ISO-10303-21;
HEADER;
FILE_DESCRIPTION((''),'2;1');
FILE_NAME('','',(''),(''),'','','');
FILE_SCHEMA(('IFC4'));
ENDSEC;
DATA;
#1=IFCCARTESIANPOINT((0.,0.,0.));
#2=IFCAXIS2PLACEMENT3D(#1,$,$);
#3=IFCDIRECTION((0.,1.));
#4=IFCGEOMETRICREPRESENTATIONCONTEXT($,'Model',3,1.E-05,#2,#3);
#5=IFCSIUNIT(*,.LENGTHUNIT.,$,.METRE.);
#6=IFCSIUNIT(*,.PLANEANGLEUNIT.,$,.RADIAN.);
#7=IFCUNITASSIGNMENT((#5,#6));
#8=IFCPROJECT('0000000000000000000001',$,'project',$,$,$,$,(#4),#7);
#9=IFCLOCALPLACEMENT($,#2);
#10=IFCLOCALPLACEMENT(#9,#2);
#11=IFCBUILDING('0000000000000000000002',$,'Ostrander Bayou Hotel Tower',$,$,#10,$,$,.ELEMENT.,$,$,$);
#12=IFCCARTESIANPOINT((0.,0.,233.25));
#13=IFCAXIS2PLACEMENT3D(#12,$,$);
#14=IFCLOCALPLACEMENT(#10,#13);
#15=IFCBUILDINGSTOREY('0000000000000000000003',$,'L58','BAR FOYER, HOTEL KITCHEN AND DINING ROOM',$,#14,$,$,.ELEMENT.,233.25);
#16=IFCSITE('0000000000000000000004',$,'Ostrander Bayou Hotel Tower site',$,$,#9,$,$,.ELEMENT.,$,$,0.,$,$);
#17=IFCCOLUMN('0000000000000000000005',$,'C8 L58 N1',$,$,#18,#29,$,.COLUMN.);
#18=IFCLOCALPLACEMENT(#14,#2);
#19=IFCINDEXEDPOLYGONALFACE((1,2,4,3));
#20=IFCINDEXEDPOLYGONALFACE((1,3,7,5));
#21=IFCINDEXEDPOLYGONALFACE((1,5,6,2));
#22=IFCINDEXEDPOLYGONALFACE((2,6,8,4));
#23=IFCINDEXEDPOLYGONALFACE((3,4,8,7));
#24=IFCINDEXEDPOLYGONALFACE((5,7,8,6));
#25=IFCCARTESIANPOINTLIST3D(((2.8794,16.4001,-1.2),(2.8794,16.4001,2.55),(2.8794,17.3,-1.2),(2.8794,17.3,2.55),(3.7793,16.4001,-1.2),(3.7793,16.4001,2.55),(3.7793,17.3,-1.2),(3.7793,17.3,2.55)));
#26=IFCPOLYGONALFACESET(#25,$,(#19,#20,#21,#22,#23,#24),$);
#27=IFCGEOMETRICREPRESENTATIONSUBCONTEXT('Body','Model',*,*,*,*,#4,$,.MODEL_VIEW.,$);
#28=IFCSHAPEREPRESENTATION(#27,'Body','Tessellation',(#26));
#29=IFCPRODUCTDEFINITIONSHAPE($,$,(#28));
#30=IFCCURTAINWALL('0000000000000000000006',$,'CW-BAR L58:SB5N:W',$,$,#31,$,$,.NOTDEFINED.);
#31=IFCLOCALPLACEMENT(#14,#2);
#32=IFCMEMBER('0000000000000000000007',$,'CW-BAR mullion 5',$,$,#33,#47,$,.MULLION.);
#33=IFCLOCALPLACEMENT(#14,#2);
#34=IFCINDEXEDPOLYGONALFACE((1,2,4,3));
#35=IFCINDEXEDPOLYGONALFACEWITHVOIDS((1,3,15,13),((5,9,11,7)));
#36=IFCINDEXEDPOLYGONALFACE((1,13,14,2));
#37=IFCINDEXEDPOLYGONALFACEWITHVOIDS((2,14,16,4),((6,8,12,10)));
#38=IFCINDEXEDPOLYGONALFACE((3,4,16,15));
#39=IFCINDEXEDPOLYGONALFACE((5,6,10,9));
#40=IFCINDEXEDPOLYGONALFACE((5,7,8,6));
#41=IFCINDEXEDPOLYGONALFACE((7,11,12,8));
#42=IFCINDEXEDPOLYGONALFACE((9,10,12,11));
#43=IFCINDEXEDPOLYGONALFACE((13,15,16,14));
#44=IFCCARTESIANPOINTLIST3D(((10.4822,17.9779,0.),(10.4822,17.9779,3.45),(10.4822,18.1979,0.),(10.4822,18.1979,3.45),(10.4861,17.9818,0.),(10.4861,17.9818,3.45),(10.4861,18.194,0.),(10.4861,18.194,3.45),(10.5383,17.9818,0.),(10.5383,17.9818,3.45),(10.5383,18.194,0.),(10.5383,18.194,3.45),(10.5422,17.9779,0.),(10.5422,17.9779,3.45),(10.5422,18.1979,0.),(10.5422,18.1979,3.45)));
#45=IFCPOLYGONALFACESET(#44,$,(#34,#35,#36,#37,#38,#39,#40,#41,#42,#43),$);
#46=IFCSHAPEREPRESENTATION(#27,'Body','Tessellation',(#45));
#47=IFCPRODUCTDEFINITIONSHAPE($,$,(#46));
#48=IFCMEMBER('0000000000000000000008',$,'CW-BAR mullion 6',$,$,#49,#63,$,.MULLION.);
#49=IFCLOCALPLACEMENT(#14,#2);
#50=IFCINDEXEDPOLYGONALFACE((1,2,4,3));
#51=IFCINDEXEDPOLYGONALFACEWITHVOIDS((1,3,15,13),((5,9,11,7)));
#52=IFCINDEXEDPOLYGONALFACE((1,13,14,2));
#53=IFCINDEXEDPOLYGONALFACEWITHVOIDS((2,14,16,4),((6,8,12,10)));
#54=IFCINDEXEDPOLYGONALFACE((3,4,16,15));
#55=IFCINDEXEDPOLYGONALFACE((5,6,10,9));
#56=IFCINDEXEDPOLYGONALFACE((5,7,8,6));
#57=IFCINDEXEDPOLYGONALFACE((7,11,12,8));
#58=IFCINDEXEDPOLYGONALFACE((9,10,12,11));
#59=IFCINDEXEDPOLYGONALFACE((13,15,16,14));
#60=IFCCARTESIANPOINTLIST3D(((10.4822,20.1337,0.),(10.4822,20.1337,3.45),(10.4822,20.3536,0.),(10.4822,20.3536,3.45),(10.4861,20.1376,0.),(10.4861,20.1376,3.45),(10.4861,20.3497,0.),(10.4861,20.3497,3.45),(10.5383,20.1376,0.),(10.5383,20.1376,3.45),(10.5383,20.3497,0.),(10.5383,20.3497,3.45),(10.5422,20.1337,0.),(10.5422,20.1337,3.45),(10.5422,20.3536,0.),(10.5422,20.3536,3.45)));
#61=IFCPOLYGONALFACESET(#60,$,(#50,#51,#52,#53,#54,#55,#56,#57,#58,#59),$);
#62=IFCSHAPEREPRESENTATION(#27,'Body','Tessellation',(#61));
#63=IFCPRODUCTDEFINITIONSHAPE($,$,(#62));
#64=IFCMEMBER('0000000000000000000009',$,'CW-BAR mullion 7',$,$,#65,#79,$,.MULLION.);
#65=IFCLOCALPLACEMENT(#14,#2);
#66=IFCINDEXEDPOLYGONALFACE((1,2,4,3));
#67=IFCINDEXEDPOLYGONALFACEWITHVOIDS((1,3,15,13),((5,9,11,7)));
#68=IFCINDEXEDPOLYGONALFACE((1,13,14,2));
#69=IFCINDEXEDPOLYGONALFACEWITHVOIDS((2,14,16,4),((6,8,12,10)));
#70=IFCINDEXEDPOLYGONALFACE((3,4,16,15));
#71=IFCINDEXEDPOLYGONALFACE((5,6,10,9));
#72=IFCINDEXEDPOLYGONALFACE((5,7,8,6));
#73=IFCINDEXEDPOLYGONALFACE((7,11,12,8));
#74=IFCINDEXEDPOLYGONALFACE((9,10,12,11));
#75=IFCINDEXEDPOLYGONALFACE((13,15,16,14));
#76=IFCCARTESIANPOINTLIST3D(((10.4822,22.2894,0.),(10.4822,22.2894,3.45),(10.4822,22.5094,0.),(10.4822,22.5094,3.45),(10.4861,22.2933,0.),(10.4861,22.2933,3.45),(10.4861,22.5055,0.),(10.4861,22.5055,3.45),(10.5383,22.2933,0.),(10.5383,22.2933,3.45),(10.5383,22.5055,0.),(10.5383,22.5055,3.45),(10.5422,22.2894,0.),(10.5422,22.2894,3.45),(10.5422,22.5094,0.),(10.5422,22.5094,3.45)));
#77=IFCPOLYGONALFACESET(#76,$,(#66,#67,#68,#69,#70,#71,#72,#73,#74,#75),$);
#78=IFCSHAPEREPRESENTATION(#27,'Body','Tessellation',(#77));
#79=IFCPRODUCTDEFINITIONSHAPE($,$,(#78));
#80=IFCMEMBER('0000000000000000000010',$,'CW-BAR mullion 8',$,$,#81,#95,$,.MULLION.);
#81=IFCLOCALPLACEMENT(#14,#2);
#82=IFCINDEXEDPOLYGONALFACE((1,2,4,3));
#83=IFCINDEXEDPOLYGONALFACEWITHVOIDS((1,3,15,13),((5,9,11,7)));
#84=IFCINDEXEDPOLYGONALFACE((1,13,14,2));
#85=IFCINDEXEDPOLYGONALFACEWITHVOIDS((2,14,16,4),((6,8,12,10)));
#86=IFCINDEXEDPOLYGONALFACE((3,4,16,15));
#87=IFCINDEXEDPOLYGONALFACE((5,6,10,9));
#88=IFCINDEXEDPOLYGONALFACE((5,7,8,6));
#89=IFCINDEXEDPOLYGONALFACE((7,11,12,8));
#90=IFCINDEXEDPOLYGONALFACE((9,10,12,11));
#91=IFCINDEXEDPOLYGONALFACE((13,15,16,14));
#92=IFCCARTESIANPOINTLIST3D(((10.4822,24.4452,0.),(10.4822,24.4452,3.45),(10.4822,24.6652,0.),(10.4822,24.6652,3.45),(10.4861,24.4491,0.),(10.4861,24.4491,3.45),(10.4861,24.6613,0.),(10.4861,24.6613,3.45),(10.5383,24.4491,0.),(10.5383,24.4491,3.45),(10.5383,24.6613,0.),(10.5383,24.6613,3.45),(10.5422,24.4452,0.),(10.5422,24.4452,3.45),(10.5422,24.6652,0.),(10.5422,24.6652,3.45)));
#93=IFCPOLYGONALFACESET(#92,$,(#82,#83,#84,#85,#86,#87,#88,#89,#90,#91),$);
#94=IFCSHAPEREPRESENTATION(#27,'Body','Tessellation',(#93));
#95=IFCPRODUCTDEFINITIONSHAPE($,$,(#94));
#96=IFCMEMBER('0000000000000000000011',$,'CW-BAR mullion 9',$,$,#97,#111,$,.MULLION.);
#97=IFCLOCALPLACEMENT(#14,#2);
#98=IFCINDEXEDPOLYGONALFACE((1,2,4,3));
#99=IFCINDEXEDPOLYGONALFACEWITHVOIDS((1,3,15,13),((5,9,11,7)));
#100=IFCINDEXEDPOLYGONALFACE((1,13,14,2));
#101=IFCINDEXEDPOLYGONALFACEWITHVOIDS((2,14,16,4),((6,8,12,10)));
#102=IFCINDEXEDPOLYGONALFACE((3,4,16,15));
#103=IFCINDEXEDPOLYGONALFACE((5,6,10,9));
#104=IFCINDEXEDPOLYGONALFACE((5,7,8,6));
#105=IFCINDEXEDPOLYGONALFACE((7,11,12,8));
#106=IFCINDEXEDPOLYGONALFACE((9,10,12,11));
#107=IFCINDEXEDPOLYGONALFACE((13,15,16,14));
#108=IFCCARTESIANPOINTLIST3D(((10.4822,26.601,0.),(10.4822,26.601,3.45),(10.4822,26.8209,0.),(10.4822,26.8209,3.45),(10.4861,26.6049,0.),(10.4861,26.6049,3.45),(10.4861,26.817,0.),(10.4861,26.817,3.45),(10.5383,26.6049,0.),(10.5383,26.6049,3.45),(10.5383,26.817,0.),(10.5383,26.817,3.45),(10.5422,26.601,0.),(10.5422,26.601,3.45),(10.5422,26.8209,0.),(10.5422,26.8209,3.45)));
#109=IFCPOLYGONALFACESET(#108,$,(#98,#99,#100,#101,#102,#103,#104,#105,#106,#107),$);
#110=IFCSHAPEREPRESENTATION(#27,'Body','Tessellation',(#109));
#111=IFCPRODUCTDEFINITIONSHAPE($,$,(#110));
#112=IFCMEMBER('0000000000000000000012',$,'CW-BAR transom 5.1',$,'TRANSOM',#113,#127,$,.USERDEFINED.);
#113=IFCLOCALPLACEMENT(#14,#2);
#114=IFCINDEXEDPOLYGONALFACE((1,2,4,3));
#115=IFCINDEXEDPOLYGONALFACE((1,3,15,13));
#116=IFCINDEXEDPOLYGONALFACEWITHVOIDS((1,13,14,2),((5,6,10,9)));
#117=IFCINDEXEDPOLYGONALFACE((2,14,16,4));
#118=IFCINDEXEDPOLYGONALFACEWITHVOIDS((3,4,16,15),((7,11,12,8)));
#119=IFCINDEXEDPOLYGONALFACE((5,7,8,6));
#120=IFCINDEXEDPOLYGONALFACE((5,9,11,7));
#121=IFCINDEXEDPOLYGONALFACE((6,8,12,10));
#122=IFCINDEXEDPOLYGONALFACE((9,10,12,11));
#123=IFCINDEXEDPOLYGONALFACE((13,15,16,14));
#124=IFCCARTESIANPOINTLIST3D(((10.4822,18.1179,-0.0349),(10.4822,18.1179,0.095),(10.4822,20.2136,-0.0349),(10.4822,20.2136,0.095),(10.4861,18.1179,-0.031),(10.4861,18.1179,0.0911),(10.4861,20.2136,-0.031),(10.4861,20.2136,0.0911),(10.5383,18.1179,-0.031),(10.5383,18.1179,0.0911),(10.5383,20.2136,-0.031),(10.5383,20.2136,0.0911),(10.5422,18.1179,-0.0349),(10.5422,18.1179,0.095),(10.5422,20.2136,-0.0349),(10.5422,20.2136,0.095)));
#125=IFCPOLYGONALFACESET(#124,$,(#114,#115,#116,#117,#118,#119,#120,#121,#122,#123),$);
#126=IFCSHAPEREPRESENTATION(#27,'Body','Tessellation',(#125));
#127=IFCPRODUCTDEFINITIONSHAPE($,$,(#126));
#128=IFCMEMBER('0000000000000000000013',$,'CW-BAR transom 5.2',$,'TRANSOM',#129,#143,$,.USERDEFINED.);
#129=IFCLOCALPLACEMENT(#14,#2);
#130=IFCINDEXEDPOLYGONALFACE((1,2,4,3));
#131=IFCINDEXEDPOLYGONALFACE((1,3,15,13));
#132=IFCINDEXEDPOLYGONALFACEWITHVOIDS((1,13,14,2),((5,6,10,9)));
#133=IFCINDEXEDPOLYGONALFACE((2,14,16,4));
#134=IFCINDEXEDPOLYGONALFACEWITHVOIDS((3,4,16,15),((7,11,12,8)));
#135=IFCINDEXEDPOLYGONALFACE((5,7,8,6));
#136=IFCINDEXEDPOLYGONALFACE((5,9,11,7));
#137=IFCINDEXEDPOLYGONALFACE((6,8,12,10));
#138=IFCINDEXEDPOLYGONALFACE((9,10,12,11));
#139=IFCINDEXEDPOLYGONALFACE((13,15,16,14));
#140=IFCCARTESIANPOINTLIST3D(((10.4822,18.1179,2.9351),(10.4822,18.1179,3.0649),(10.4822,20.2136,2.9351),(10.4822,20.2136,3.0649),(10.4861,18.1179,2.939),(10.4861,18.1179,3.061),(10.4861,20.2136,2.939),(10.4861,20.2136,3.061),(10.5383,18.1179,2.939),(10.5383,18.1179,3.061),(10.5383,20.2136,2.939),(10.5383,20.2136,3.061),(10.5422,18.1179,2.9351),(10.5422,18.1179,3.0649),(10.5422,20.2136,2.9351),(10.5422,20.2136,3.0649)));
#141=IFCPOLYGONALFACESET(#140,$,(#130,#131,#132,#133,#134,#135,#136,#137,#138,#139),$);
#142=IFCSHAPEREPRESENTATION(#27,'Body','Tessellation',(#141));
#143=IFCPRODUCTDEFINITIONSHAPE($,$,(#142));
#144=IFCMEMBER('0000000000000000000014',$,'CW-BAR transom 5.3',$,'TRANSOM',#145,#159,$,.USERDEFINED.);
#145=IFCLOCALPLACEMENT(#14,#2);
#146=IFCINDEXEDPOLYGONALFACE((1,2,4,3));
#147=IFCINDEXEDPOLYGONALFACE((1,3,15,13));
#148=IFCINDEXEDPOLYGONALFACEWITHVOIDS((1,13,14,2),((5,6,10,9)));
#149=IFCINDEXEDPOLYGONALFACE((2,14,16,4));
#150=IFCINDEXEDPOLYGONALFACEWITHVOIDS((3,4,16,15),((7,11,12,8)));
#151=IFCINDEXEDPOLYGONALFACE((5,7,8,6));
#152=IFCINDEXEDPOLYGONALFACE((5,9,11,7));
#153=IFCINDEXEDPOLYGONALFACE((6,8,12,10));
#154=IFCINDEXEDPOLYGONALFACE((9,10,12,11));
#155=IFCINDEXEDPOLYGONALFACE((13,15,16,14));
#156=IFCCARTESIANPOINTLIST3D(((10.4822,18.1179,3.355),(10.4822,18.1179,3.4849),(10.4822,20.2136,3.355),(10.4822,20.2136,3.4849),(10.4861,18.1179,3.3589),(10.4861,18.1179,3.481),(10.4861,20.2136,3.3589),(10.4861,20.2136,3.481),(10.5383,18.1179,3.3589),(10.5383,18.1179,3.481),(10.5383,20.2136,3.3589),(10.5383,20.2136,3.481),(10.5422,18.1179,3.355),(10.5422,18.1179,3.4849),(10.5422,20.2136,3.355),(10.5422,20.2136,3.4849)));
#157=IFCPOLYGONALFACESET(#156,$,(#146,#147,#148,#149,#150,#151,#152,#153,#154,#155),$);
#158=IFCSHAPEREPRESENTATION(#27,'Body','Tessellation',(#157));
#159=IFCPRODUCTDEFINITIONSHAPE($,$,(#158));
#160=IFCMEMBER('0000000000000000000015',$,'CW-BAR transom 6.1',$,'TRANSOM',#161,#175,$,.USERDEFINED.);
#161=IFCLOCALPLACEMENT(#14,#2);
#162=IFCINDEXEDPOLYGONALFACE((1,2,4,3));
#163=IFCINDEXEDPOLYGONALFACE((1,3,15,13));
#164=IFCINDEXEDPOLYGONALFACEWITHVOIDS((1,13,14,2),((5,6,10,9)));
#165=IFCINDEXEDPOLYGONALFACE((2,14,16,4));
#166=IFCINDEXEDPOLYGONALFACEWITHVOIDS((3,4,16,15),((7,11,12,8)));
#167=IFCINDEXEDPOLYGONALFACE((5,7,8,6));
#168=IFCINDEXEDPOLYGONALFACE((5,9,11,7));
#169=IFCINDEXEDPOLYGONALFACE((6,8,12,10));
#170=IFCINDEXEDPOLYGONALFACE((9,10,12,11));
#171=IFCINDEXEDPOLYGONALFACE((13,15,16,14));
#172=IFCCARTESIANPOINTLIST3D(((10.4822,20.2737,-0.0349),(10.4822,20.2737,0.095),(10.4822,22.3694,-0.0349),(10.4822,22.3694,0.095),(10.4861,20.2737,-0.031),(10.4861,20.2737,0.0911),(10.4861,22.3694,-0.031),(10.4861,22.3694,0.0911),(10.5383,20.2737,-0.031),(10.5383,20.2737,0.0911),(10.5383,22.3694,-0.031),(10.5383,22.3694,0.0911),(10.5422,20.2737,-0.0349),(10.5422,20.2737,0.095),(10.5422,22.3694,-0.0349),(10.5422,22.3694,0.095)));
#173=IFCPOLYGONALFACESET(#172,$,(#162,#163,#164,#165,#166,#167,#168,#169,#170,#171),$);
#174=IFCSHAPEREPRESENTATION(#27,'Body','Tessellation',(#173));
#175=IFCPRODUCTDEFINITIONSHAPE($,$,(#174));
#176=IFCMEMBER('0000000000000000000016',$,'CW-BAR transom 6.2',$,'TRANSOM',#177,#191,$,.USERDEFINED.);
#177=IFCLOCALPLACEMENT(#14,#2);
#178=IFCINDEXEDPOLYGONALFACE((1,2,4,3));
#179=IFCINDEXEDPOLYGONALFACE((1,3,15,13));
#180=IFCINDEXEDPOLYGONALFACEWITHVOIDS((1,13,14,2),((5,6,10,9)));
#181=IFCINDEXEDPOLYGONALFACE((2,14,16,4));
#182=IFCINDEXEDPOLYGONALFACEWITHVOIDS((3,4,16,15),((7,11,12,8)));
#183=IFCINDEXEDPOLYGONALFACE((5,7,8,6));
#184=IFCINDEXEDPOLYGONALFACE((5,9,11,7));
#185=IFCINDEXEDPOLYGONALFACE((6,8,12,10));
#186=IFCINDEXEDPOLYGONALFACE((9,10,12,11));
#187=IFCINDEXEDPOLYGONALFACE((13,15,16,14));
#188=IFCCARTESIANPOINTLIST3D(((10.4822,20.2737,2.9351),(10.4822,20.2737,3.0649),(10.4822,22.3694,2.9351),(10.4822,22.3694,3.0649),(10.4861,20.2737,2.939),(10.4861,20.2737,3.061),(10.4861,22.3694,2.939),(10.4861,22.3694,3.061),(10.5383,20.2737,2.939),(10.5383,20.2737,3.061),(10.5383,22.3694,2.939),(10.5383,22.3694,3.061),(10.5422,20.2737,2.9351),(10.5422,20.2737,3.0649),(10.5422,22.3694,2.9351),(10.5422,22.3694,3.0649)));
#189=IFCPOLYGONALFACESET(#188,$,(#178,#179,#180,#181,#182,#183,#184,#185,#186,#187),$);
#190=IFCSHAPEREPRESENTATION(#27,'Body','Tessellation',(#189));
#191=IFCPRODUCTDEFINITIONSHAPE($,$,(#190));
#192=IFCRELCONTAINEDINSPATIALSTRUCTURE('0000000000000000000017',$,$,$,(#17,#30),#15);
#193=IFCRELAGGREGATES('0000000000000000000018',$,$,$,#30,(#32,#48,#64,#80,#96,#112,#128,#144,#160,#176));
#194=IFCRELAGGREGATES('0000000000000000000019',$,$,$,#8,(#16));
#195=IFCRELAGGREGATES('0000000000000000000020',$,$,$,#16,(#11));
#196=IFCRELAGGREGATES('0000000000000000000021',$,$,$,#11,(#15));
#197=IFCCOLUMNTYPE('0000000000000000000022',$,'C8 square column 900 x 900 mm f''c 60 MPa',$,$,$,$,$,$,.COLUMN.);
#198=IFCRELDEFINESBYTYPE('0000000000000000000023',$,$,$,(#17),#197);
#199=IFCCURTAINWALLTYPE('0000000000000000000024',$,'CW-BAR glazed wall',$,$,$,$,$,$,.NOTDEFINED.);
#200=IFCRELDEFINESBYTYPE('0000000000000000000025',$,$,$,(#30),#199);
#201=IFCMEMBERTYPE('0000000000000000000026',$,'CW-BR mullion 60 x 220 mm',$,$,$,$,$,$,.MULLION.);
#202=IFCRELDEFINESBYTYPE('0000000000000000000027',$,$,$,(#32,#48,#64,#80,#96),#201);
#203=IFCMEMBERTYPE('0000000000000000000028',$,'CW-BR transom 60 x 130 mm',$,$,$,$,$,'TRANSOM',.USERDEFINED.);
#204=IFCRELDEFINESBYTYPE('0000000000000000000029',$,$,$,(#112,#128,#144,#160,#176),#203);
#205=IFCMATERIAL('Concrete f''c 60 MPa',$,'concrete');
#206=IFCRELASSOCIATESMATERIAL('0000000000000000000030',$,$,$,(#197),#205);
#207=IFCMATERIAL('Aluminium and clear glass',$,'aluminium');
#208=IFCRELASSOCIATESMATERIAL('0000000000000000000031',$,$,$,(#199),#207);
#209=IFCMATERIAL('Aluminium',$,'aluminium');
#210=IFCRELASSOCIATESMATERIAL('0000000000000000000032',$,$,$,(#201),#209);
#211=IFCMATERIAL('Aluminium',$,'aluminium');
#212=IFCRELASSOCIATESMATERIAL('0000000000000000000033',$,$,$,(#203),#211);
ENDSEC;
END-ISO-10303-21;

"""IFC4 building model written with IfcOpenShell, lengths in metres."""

from ifc_helpers import new_model, si_unit, direction, frame, origin, origin_2d, place, context, subcontext, project, spatial, rectangle, hollow_rectangle, extrude, material, material_profile, profile_set, type_object, element, aggregate, save


model = new_model("IFC4")

# Units and contexts
model_context = context("Model", 3, precision=1e-05, world=origin(), true_north=direction((0.0, 1.0)))
body_context = subcontext(model_context, "Body", "Model", "MODEL_VIEW")
ifc_project = project(units=[si_unit("LENGTHUNIT", "METRE"), si_unit("PLANEANGLEUNIT", "RADIAN")], contexts=[model_context])

# Site, building, storey
site_placement = place(None, origin())
site = spatial("IfcSite", under=ifc_project, at=site_placement, Name="Ostrander Bayou Hotel Tower site", CompositionType="ELEMENT", RefElevation=0.0)
building_placement = place(site_placement, origin())
building = spatial("IfcBuilding", under=site, at=building_placement, Name="Ostrander Bayou Hotel Tower", CompositionType="ELEMENT")
storey_placement = place(building_placement, frame((0.0, 0.0, 233.25)))
storey = spatial("IfcBuildingStorey", under=building, at=storey_placement, Name="L58", Description="BAR FOYER, HOTEL KITCHEN AND DINING ROOM", CompositionType="ELEMENT", Elevation=233.25)

# Column
ifc_material_1 = material(Name="Concrete f'c 60 MPa", Category="concrete")
ifc_material_profile_1 = material_profile(ifc_material_1, rectangle(XDim=0.8999, YDim=0.8999, at=origin_2d()))
ifc_profile_set_1 = profile_set([ifc_material_profile_1], Name="Concrete f'c 60 MPa")
column_type = type_object("IfcColumnType", Name="C8 square column 900 x 900 mm f'c 60 MPa", PredefinedType="COLUMN", material=ifc_profile_set_1)
column_placement = place(storey_placement, frame((3.3293, 16.8501, -1.2), z_axis=(0.0, 0.0, 1.0), x_axis=(1.0, 0.0, 0.0)))
element("IfcColumn", 1, at=column_placement, inside=storey, type_object=column_type, Name="C8 L58 N1", PredefinedType="COLUMN", context=body_context, shape_type="SweptSolid", body=[
    extrude(rectangle(XDim=0.8999, YDim=0.8999, at=origin_2d()), origin(), (0.0, 0.0, 1.0), 3.75),
])

# Curtain wall, members
ifc_material_2 = material(Name="Aluminium and clear glass", Category="aluminium")
curtain_wall_type = type_object("IfcCurtainWallType", Name="CW-BAR glazed wall", PredefinedType="NOTDEFINED", material=ifc_material_2)
curtain_wall_placement = place(storey_placement, origin())
curtain_wall = element("IfcCurtainWall", 2, at=curtain_wall_placement, inside=storey, type_object=curtain_wall_type, Name="CW-BAR L58:SB5N:W", PredefinedType="NOTDEFINED")
ifc_material_3 = material(Name="Aluminium", Category="aluminium")
ifc_material_profile_2 = material_profile(ifc_material_3, hollow_rectangle(XDim=0.0601, YDim=0.22, WallThickness=0.0039, at=origin_2d()))
ifc_profile_set_2 = profile_set([ifc_material_profile_2], Name="Aluminium")
member_type_1 = type_object("IfcMemberType", Name="CW-BR mullion 60 x 220 mm", PredefinedType="MULLION", material=ifc_profile_set_2)
member_1_placement = place(storey_placement, frame((10.5122, 18.0879, 0.0), z_axis=(0.0, 0.0, 1.0), x_axis=(-1.0, 0.0, 0.0)))
member_1 = element("IfcMember", 3, at=member_1_placement, type_object=member_type_1, Name="CW-BAR mullion 5", PredefinedType="MULLION", context=body_context, shape_type="SweptSolid", body=[
    extrude(hollow_rectangle(XDim=0.0601, YDim=0.22, WallThickness=0.0039, at=origin_2d()), origin(), (0.0, 0.0, 1.0), 3.45),
])
member_2_placement = place(storey_placement, frame((10.5122, 20.2437, 0.0), z_axis=(0.0, 0.0, 1.0), x_axis=(-1.0, 0.0, 0.0)))
member_2 = element("IfcMember", 4, at=member_2_placement, type_object=member_type_1, Name="CW-BAR mullion 6", PredefinedType="MULLION", context=body_context, shape_type="SweptSolid", body=[
    extrude(hollow_rectangle(XDim=0.0601, YDim=0.22, WallThickness=0.0039, at=origin_2d()), origin(), (0.0, 0.0, 1.0), 3.45),
])
member_3_placement = place(storey_placement, frame((10.5122, 22.3994, 0.0), z_axis=(0.0, 0.0, 1.0), x_axis=(-1.0, 0.0, 0.0)))
member_3 = element("IfcMember", 5, at=member_3_placement, type_object=member_type_1, Name="CW-BAR mullion 7", PredefinedType="MULLION", context=body_context, shape_type="SweptSolid", body=[
    extrude(hollow_rectangle(XDim=0.0601, YDim=0.22, WallThickness=0.0039, at=origin_2d()), origin(), (0.0, 0.0, 1.0), 3.45),
])
member_4_placement = place(storey_placement, frame((10.5122, 24.5552, 0.0), z_axis=(0.0, 0.0, 1.0), x_axis=(-1.0, 0.0, 0.0)))
member_4 = element("IfcMember", 6, at=member_4_placement, type_object=member_type_1, Name="CW-BAR mullion 8", PredefinedType="MULLION", context=body_context, shape_type="SweptSolid", body=[
    extrude(hollow_rectangle(XDim=0.0601, YDim=0.22, WallThickness=0.0039, at=origin_2d()), origin(), (0.0, 0.0, 1.0), 3.45),
])
member_5_placement = place(storey_placement, frame((10.5122, 26.7109, 0.0), z_axis=(0.0, 0.0, 1.0), x_axis=(-1.0, 0.0, 0.0)))
member_5 = element("IfcMember", 7, at=member_5_placement, type_object=member_type_1, Name="CW-BAR mullion 9", PredefinedType="MULLION", context=body_context, shape_type="SweptSolid", body=[
    extrude(hollow_rectangle(XDim=0.0601, YDim=0.22, WallThickness=0.0039, at=origin_2d()), origin(), (0.0, 0.0, 1.0), 3.45),
])
ifc_material_4 = material(Name="Aluminium", Category="aluminium")
ifc_material_profile_3 = material_profile(ifc_material_4, hollow_rectangle(XDim=0.0601, YDim=0.1299, WallThickness=0.0039, at=origin_2d()))
ifc_profile_set_3 = profile_set([ifc_material_profile_3], Name="Aluminium")
member_type_2 = type_object("IfcMemberType", Name="CW-BR transom 60 x 130 mm", ElementType="TRANSOM", PredefinedType="USERDEFINED", material=ifc_profile_set_3)
member_6_placement = place(storey_placement, frame((10.5122, 18.1179, 0.03), z_axis=(0.0, 1.0, 0.0), x_axis=(-1.0, 0.0, 0.0)))
member_6 = element("IfcMember", 8, at=member_6_placement, type_object=member_type_2, Name="CW-BAR transom 5.1", ObjectType="TRANSOM", PredefinedType="USERDEFINED", context=body_context, shape_type="SweptSolid", body=[
    extrude(hollow_rectangle(XDim=0.0601, YDim=0.1299, WallThickness=0.0039, at=origin_2d()), origin(), (0.0, 0.0, 1.0), 2.0957),
])
member_7_placement = place(storey_placement, frame((10.5122, 18.1179, 3.0), z_axis=(0.0, 1.0, 0.0), x_axis=(-1.0, 0.0, 0.0)))
member_7 = element("IfcMember", 9, at=member_7_placement, type_object=member_type_2, Name="CW-BAR transom 5.2", ObjectType="TRANSOM", PredefinedType="USERDEFINED", context=body_context, shape_type="SweptSolid", body=[
    extrude(hollow_rectangle(XDim=0.0601, YDim=0.1299, WallThickness=0.0039, at=origin_2d()), origin(), (0.0, 0.0, 1.0), 2.0957),
])
member_8_placement = place(storey_placement, frame((10.5122, 18.1179, 3.4199), z_axis=(0.0, 1.0, 0.0), x_axis=(-1.0, 0.0, 0.0)))
member_8 = element("IfcMember", 10, at=member_8_placement, type_object=member_type_2, Name="CW-BAR transom 5.3", ObjectType="TRANSOM", PredefinedType="USERDEFINED", context=body_context, shape_type="SweptSolid", body=[
    extrude(hollow_rectangle(XDim=0.0601, YDim=0.1299, WallThickness=0.0039, at=origin_2d()), origin(), (0.0, 0.0, 1.0), 2.0957),
])
member_9_placement = place(storey_placement, frame((10.5122, 20.2737, 0.03), z_axis=(0.0, 1.0, 0.0), x_axis=(-1.0, 0.0, 0.0)))
member_9 = element("IfcMember", 11, at=member_9_placement, type_object=member_type_2, Name="CW-BAR transom 6.1", ObjectType="TRANSOM", PredefinedType="USERDEFINED", context=body_context, shape_type="SweptSolid", body=[
    extrude(hollow_rectangle(XDim=0.0601, YDim=0.1299, WallThickness=0.0039, at=origin_2d()), origin(), (0.0, 0.0, 1.0), 2.0957),
])
member_10_placement = place(storey_placement, frame((10.5122, 20.2737, 3.0), z_axis=(0.0, 1.0, 0.0), x_axis=(-1.0, 0.0, 0.0)))
member_10 = element("IfcMember", 12, at=member_10_placement, type_object=member_type_2, Name="CW-BAR transom 6.2", ObjectType="TRANSOM", PredefinedType="USERDEFINED", context=body_context, shape_type="SweptSolid", body=[
    extrude(hollow_rectangle(XDim=0.0601, YDim=0.1299, WallThickness=0.0039, at=origin_2d()), origin(), (0.0, 0.0, 1.0), 2.0957),
])

aggregate(curtain_wall, [member_1, member_2, member_3, member_4, member_5, member_6, member_7, member_8, member_9, member_10])

save(model, "model.ifc")
